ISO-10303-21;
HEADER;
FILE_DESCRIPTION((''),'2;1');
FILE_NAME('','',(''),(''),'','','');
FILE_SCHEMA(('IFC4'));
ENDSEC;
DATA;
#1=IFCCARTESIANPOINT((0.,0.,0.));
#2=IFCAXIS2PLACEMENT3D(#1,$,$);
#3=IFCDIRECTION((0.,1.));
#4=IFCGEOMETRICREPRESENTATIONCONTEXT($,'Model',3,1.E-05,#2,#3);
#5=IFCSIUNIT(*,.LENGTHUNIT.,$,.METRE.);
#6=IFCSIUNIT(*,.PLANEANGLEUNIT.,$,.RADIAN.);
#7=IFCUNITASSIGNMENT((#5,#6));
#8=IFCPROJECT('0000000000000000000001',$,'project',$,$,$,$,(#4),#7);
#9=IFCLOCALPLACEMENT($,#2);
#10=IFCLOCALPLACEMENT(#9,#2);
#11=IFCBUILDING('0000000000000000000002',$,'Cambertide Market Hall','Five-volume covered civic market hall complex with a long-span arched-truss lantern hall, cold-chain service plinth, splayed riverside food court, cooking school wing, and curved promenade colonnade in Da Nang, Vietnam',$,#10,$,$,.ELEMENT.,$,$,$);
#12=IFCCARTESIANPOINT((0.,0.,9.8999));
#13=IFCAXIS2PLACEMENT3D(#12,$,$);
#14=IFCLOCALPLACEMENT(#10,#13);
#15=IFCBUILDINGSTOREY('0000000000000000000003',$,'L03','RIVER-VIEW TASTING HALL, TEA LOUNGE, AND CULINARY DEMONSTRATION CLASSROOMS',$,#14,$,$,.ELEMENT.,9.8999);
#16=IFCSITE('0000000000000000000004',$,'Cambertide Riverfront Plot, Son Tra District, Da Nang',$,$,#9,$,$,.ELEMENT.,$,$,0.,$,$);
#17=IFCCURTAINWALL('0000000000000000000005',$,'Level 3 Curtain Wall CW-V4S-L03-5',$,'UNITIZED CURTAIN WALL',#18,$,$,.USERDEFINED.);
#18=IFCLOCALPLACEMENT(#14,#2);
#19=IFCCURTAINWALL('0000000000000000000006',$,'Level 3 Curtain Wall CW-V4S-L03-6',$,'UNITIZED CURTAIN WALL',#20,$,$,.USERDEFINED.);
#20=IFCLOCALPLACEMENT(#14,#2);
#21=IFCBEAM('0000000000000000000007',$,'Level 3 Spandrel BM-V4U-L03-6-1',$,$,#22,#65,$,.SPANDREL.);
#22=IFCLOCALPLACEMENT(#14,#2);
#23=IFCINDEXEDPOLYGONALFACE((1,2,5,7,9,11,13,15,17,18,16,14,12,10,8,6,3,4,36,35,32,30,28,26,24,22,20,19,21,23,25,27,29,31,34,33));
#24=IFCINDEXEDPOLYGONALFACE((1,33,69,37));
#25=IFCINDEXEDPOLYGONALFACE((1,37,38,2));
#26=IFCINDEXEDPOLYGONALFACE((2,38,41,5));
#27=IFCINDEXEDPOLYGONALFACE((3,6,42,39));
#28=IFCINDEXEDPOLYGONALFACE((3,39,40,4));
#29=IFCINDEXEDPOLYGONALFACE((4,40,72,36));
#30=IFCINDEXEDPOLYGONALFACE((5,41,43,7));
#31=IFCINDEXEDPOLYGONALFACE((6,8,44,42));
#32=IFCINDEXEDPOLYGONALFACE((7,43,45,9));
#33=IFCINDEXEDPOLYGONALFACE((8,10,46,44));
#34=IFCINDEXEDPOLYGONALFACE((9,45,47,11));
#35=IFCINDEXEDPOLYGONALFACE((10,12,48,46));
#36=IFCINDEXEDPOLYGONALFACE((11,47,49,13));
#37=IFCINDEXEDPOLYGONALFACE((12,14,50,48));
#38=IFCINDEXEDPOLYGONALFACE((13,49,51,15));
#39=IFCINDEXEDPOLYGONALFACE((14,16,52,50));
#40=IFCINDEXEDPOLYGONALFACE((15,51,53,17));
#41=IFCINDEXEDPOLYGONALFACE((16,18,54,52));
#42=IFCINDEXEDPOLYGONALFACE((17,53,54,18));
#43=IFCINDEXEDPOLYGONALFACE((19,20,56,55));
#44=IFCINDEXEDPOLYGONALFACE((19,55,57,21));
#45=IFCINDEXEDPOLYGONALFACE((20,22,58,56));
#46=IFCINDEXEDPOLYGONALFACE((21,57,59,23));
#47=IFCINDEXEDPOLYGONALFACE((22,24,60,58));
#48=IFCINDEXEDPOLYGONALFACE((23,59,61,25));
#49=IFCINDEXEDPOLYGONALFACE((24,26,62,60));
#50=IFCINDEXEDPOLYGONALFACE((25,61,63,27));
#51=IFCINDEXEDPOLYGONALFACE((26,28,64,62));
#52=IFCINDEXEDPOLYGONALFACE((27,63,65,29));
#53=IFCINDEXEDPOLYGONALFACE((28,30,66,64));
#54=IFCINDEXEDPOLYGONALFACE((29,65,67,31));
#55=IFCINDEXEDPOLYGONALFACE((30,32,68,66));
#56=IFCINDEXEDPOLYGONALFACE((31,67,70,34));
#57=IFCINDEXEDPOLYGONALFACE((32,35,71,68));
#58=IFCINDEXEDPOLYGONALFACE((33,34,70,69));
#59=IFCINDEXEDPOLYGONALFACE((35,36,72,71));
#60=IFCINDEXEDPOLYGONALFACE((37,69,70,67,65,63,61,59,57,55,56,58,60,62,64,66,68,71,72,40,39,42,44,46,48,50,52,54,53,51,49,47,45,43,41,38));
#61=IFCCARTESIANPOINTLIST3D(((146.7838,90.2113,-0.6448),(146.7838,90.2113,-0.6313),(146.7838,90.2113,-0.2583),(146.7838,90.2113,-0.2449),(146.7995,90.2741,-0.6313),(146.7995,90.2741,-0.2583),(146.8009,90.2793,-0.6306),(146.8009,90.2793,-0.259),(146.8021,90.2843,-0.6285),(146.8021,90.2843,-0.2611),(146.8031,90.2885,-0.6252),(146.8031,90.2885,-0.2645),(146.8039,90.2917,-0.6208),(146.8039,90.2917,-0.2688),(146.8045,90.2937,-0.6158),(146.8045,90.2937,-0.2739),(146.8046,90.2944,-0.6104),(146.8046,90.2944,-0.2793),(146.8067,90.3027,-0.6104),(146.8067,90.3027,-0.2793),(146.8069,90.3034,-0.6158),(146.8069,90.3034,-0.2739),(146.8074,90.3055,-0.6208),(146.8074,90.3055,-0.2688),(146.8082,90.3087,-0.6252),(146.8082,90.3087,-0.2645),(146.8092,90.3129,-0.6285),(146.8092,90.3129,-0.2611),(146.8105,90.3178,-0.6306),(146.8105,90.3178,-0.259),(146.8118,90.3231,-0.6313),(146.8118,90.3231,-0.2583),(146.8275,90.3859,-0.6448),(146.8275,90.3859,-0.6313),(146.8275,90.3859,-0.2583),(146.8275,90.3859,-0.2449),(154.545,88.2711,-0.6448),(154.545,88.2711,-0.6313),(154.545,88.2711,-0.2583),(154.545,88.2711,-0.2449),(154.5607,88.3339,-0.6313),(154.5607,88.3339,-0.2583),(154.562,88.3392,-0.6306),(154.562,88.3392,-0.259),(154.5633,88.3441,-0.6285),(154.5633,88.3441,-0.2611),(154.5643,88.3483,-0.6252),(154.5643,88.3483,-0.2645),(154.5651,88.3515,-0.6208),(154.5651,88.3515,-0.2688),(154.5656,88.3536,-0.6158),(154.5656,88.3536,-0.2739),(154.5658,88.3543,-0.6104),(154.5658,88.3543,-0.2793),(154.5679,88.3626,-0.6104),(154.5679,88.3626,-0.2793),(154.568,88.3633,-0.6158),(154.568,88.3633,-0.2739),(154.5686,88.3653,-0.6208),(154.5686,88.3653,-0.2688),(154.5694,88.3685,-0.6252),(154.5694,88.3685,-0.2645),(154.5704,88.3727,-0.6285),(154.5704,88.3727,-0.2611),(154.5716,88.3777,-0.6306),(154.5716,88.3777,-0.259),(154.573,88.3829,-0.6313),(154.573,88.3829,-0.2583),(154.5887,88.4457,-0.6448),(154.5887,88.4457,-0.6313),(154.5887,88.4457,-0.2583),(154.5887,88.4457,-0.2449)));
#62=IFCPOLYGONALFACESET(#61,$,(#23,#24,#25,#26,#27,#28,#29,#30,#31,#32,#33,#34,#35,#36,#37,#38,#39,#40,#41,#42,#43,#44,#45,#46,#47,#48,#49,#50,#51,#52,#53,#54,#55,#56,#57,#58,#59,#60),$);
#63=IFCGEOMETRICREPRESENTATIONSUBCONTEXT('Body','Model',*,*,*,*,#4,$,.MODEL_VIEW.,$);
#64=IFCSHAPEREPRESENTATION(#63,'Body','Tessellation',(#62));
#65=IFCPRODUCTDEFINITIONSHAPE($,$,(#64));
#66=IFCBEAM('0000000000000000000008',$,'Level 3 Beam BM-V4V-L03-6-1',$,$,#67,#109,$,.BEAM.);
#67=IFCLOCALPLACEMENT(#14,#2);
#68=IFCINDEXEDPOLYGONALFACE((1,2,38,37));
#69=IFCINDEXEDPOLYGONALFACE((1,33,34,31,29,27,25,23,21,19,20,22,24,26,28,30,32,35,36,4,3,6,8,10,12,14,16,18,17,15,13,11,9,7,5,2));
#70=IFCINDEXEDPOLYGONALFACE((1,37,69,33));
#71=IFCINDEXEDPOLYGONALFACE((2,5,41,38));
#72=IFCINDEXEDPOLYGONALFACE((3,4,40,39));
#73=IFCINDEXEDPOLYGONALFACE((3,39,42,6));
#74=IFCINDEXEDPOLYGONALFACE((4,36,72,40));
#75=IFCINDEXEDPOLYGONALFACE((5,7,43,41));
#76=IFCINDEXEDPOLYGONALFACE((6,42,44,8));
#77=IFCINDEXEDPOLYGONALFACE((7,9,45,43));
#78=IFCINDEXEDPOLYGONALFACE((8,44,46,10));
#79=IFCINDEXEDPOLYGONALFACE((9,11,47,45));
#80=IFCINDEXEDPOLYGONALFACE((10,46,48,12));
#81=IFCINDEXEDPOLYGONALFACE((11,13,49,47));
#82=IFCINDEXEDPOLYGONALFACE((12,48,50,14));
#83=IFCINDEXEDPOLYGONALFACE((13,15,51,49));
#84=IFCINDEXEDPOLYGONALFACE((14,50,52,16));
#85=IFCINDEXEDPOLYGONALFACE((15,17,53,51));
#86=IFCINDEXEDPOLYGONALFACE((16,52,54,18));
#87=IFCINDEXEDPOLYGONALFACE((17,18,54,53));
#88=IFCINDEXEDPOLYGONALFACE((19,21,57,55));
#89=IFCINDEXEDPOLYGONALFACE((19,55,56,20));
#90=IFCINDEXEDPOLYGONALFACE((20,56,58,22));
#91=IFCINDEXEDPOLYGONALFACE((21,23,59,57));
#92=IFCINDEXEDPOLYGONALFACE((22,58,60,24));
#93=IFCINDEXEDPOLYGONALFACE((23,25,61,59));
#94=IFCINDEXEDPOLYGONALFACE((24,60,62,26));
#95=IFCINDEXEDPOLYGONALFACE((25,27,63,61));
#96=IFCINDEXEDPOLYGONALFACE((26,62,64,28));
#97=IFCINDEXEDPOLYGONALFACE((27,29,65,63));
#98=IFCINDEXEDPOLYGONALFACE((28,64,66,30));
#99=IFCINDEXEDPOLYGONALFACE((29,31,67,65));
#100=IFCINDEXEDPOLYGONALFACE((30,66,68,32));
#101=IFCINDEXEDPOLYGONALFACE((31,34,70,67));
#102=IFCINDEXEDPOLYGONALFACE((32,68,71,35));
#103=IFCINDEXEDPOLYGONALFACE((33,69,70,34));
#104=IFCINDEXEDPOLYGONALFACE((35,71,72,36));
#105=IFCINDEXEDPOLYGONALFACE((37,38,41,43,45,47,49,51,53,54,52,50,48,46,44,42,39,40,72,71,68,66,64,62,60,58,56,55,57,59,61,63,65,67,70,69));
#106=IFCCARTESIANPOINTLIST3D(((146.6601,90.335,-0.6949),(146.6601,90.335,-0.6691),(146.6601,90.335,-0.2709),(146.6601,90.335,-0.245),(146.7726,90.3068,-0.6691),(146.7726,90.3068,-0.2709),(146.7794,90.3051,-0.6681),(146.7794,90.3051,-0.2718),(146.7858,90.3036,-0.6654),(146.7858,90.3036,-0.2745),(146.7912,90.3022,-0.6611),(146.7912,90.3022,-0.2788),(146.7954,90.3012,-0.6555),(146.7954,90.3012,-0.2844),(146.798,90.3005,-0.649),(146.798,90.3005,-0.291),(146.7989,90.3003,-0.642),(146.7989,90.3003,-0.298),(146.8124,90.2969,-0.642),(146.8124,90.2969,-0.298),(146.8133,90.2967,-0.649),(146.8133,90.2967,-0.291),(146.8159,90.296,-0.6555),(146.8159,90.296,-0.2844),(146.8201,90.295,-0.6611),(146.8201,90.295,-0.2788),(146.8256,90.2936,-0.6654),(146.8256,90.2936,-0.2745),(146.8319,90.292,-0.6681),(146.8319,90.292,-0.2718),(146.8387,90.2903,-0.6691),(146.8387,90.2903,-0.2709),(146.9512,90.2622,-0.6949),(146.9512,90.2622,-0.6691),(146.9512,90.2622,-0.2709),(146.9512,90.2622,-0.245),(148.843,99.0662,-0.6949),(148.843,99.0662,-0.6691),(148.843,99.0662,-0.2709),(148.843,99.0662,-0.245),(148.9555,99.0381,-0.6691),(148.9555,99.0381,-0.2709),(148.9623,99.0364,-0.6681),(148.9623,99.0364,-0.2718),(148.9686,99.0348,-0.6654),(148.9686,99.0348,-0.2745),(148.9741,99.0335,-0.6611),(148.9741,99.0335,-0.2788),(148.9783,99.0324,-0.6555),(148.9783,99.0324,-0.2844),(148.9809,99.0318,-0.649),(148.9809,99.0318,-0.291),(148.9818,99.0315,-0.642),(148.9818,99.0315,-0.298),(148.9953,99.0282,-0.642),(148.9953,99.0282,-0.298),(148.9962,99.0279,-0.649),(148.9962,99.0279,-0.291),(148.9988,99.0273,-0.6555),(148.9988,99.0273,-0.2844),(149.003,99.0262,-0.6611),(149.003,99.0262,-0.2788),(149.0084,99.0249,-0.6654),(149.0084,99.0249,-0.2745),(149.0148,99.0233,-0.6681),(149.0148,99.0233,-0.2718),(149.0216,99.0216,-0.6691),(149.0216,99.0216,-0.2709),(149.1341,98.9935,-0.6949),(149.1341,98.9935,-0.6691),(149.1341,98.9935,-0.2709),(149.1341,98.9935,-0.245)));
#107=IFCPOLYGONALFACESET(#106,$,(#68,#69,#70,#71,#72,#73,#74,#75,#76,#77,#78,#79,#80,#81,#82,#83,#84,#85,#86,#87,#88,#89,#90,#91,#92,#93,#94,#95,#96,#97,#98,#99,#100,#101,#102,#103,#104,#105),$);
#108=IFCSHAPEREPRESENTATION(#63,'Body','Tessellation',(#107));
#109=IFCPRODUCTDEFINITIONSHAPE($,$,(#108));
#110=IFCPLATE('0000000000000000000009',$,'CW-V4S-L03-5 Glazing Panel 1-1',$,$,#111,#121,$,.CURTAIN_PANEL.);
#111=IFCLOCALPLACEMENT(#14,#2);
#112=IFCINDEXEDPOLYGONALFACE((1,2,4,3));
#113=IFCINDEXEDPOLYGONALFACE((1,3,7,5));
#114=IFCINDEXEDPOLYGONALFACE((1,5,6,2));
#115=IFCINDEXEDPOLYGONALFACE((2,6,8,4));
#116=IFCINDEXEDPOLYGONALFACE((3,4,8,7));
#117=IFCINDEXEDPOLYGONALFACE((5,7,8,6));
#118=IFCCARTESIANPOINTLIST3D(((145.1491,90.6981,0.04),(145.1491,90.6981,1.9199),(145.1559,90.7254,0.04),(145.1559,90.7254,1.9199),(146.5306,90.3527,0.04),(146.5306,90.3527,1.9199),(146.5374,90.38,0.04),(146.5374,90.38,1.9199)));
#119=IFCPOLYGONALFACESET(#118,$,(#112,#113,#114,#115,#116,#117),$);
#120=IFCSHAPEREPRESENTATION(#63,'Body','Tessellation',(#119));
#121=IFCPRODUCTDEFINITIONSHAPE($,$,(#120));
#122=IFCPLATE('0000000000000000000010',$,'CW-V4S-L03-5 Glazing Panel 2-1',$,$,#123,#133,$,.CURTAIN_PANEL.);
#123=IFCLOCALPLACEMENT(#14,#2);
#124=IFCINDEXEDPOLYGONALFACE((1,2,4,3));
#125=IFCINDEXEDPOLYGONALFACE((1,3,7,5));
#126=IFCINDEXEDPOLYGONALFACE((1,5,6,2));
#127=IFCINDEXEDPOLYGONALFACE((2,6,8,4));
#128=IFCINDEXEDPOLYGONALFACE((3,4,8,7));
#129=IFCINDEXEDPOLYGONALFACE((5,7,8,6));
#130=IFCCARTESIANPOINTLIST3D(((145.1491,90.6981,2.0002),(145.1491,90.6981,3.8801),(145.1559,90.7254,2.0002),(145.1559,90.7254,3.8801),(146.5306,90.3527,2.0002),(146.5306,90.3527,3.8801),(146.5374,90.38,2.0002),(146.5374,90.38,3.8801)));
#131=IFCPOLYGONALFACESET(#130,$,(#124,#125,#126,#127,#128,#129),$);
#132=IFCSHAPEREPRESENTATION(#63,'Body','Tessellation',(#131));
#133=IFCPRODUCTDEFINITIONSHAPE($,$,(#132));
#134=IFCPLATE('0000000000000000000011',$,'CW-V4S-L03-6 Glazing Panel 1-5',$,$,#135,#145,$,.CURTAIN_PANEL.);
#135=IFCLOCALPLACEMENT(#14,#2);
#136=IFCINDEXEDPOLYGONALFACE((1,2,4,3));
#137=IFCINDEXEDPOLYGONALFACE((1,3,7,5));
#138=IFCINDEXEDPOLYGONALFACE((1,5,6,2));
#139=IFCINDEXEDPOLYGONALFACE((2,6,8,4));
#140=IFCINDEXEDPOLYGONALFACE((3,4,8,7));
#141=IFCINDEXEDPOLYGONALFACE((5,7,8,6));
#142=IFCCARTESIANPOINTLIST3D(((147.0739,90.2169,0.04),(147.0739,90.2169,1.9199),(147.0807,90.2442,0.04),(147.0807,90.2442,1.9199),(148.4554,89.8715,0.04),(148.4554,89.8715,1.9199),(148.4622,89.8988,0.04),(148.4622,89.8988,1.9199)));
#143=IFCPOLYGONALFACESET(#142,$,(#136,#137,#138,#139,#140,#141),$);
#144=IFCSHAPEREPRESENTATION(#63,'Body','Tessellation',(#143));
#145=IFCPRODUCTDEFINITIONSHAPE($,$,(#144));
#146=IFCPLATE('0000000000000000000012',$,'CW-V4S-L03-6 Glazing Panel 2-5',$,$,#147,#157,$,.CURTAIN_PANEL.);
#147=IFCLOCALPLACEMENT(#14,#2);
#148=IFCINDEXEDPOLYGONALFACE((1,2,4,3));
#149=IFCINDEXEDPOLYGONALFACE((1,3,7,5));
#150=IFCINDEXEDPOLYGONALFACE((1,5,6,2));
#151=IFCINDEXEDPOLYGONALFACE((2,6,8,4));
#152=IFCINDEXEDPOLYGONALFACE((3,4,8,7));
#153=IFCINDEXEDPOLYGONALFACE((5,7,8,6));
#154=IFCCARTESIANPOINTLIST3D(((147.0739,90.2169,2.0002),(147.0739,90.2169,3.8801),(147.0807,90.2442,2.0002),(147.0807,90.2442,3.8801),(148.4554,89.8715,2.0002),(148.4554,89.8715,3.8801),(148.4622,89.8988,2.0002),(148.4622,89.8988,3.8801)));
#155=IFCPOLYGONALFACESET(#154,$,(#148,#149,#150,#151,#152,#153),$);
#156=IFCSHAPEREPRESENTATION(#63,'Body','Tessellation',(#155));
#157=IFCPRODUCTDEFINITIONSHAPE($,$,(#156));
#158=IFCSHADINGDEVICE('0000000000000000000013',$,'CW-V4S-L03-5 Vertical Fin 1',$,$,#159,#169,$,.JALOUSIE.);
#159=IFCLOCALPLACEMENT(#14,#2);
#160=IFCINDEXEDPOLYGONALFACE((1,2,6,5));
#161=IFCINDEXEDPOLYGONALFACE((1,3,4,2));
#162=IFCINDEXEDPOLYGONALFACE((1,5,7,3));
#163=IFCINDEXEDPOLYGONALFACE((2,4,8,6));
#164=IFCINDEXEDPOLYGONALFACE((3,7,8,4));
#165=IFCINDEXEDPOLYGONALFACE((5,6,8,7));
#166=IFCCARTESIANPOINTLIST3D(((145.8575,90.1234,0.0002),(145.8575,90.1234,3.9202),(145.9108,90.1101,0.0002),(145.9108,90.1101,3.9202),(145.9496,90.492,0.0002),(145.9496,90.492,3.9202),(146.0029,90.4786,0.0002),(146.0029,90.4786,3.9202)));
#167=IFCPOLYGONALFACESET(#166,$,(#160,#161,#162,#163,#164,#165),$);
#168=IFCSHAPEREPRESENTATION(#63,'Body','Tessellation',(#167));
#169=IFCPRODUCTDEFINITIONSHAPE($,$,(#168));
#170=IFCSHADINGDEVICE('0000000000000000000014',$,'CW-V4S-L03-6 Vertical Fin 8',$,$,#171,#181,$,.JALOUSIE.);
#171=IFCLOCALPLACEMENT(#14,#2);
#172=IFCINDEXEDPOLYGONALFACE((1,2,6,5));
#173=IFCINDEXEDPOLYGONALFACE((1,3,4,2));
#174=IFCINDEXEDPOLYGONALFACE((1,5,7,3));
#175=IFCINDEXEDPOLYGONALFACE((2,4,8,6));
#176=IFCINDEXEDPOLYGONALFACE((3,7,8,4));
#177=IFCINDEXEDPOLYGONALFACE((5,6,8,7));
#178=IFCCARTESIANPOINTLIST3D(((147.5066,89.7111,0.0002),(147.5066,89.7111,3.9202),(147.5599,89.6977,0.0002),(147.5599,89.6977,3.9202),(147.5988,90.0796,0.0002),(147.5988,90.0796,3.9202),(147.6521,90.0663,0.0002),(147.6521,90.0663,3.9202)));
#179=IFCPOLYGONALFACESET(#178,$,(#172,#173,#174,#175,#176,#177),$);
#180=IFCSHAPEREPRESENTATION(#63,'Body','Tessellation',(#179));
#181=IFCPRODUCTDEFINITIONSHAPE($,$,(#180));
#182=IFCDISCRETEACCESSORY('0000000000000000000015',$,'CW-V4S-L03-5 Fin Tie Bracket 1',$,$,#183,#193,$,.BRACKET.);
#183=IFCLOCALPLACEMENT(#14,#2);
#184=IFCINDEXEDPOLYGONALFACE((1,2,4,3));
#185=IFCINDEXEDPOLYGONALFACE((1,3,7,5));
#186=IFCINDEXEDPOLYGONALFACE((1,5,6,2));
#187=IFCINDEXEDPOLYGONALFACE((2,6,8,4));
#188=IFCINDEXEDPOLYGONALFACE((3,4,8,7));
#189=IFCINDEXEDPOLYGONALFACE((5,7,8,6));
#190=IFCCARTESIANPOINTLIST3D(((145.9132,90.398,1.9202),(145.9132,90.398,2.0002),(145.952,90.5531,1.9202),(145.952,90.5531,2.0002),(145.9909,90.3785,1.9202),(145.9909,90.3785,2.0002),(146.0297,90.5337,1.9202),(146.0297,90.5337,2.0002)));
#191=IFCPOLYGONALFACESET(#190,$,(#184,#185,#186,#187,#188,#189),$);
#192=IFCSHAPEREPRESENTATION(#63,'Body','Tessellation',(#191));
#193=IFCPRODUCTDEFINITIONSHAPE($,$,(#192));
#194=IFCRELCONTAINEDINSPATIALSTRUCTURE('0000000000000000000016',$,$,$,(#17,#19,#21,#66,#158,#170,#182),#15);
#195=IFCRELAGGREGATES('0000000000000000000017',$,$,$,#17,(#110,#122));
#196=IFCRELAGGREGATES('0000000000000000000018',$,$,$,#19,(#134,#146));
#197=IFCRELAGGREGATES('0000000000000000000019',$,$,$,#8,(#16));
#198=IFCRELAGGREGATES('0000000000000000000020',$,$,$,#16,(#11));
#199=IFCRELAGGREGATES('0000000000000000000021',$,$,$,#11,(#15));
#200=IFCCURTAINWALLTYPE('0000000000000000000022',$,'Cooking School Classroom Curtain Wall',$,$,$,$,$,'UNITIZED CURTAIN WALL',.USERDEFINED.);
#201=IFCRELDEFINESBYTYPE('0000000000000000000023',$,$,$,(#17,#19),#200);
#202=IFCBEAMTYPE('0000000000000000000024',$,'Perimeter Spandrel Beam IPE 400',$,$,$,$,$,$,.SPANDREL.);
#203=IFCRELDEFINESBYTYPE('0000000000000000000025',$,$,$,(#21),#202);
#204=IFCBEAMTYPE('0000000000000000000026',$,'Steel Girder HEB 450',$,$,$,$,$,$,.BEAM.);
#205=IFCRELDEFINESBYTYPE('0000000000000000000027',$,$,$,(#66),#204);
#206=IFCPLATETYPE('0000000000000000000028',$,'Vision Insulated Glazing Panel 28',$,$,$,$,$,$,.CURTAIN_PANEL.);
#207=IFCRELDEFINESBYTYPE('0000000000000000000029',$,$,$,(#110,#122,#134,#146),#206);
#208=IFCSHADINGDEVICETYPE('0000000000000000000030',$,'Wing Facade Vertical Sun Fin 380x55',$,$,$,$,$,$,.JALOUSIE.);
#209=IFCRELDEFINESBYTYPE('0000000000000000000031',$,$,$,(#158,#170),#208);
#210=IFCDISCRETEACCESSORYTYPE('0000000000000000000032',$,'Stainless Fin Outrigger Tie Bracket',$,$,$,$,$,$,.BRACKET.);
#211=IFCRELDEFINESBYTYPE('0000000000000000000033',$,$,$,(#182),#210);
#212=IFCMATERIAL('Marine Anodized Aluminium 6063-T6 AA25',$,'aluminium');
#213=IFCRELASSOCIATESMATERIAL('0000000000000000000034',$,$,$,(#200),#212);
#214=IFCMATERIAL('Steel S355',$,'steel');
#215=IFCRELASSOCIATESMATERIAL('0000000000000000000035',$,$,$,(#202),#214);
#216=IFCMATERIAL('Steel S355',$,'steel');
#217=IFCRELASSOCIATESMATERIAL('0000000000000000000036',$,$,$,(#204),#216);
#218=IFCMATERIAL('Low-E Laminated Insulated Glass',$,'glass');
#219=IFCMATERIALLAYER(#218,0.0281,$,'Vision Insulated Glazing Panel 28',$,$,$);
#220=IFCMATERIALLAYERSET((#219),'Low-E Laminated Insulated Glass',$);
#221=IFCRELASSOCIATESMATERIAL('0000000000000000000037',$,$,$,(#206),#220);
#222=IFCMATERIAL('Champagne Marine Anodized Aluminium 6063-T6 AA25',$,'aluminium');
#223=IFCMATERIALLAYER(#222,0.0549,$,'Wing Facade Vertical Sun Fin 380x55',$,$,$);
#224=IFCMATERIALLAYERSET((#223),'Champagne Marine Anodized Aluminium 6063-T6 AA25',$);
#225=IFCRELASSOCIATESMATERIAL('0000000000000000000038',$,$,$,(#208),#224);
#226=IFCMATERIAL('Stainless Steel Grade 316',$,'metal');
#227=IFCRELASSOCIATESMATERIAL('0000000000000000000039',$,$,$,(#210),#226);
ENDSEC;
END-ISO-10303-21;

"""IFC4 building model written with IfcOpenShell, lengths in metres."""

from ifc_helpers import new_model, si_unit, direction, frame, origin, origin_2d, place, context, subcontext, project, spatial, rectangle, i_section, extrude, material, layer, layer_set, material_profile, profile_set, type_object, element, aggregate, save


model = new_model("IFC4")

# Units and contexts
model_context = context("Model", 3, precision=1e-05, world=origin(), true_north=direction((0.0, 1.0)))
body_context = subcontext(model_context, "Body", "Model", "MODEL_VIEW")
ifc_project = project(units=[si_unit("LENGTHUNIT", "METRE"), si_unit("PLANEANGLEUNIT", "RADIAN")], contexts=[model_context])

# Site, building, storey
site_placement = place(None, origin())
site = spatial("IfcSite", under=ifc_project, at=site_placement, Name="Cambertide Riverfront Plot, Son Tra District, Da Nang", CompositionType="ELEMENT", RefElevation=0.0)
building_placement = place(site_placement, origin())
building = spatial("IfcBuilding", under=site, at=building_placement, Name="Cambertide Market Hall", Description="Five-volume covered civic market hall complex with a long-span arched-truss lantern hall, cold-chain service plinth, splayed riverside food court, cooking school wing, and curved promenade colonnade in Da Nang, Vietnam", CompositionType="ELEMENT")
storey_placement = place(building_placement, frame((0.0, 0.0, 9.8999)))
storey = spatial("IfcBuildingStorey", under=building, at=storey_placement, Name="L03", Description="RIVER-VIEW TASTING HALL, TEA LOUNGE, AND CULINARY DEMONSTRATION CLASSROOMS", CompositionType="ELEMENT", Elevation=9.8999)

# Curtain wall
ifc_material_1 = material(Name="Marine Anodized Aluminium 6063-T6 AA25", Category="aluminium")
curtain_wall_type = type_object("IfcCurtainWallType", Name="Cooking School Classroom Curtain Wall", ElementType="UNITIZED CURTAIN WALL", PredefinedType="USERDEFINED", material=ifc_material_1)
curtain_wall_1_placement = place(storey_placement, origin())
curtain_wall_1 = element("IfcCurtainWall", 1, at=curtain_wall_1_placement, inside=storey, type_object=curtain_wall_type, Name="Level 3 Curtain Wall CW-V4S-L03-5", ObjectType="UNITIZED CURTAIN WALL", PredefinedType="USERDEFINED")

# Curtain wall
curtain_wall_2_placement = place(storey_placement, origin())
curtain_wall_2 = element("IfcCurtainWall", 2, at=curtain_wall_2_placement, inside=storey, type_object=curtain_wall_type, Name="Level 3 Curtain Wall CW-V4S-L03-6", ObjectType="UNITIZED CURTAIN WALL", PredefinedType="USERDEFINED")

# Beams
ifc_material_2 = material(Name="Steel S355", Category="steel")
ifc_material_profile_1 = material_profile(ifc_material_2, i_section(OverallWidth=0.1799, OverallDepth=0.3999, WebThickness=0.0085, FlangeThickness=0.0134, FilletRadius=0.021, at=origin_2d()), Name="IPE 400")
ifc_profile_set_1 = profile_set([ifc_material_profile_1], Name="Steel S355")
beam_type_1 = type_object("IfcBeamType", Name="Perimeter Spandrel Beam IPE 400", PredefinedType="SPANDREL", material=ifc_profile_set_1)
beam_1_placement = place(storey_placement, frame((146.8057, 90.2986, -0.4448), z_axis=(0.970146, -0.242521, 0.0), x_axis=(0.242521, 0.970146, 0.0)))
element("IfcBeam", 3, at=beam_1_placement, inside=storey, type_object=beam_type_1, Name="Level 3 Spandrel BM-V4U-L03-6-1", PredefinedType="SPANDREL", context=body_context, shape_type="SweptSolid", body=[
    extrude(i_section(OverallWidth=0.1799, OverallDepth=0.3999, WebThickness=0.0085, FlangeThickness=0.0134, FilletRadius=0.021, at=origin_2d()), origin(), (0.0, 0.0, 1.0), 8.0),
])
ifc_material_3 = material(Name="Steel S355", Category="steel")
ifc_material_profile_2 = material_profile(ifc_material_3, i_section(OverallWidth=0.3, OverallDepth=0.45, WebThickness=0.0139, FlangeThickness=0.0259, FilletRadius=0.0271, at=origin_2d()), Name="HEB 450")
ifc_profile_set_2 = profile_set([ifc_material_profile_2], Name="Steel S355")
beam_type_2 = type_object("IfcBeamType", Name="Steel Girder HEB 450", PredefinedType="BEAM", material=ifc_profile_set_2)
beam_2_placement = place(storey_placement, frame((146.8057, 90.2986, -0.47), z_axis=(0.242542, 0.970141, 0.0), x_axis=(-0.970141, 0.242542, 0.0)))
element("IfcBeam", 4, at=beam_2_placement, inside=storey, type_object=beam_type_2, Name="Level 3 Beam BM-V4V-L03-6-1", PredefinedType="BEAM", context=body_context, shape_type="SweptSolid", body=[
    extrude(i_section(OverallWidth=0.3, OverallDepth=0.45, WebThickness=0.0139, FlangeThickness=0.0259, FilletRadius=0.0271, at=origin_2d()), origin(), (0.0, 0.0, 1.0), 9.0),
])

# Plates
ifc_material_4 = material(Name="Low-E Laminated Insulated Glass", Category="glass")
ifc_layer_1 = layer(ifc_material_4, 0.0281, Name="Vision Insulated Glazing Panel 28")
ifc_layer_set_1 = layer_set([ifc_layer_1], Name="Low-E Laminated Insulated Glass")
plate_type = type_object("IfcPlateType", Name="Vision Insulated Glazing Panel 28", PredefinedType="CURTAIN_PANEL", material=ifc_layer_set_1)
plate_1_placement = place(storey_placement, frame((145.8433, 90.5391, 0.04), z_axis=(0.0, 0.0, 1.0), x_axis=(-0.970143, 0.242535, 0.0)))
plate_1 = element("IfcPlate", 5, at=plate_1_placement, type_object=plate_type, Name="CW-V4S-L03-5 Glazing Panel 1-1", PredefinedType="CURTAIN_PANEL", context=body_context, shape_type="SweptSolid", body=[
    extrude(rectangle(XDim=1.4241, YDim=0.0281, at=origin_2d()), origin(), (0.0, 0.0, 1.0), 1.8799),
])
plate_2_placement = place(storey_placement, frame((145.8433, 90.5391, 2.0002), z_axis=(0.0, 0.0, 1.0), x_axis=(-0.970143, 0.242535, 0.0)))
plate_2 = element("IfcPlate", 6, at=plate_2_placement, type_object=plate_type, Name="CW-V4S-L03-5 Glazing Panel 2-1", PredefinedType="CURTAIN_PANEL", context=body_context, shape_type="SweptSolid", body=[
    extrude(rectangle(XDim=1.4241, YDim=0.0281, at=origin_2d()), origin(), (0.0, 0.0, 1.0), 1.8799),
])
aggregate(curtain_wall_1, [plate_1, plate_2])
plate_3_placement = place(storey_placement, frame((147.7681, 90.0579, 0.04), z_axis=(0.0, 0.0, 1.0), x_axis=(-0.970143, 0.242535, 0.0)))
plate_3 = element("IfcPlate", 7, at=plate_3_placement, type_object=plate_type, Name="CW-V4S-L03-6 Glazing Panel 1-5", PredefinedType="CURTAIN_PANEL", context=body_context, shape_type="SweptSolid", body=[
    extrude(rectangle(XDim=1.4241, YDim=0.0281, at=origin_2d()), origin(), (0.0, 0.0, 1.0), 1.8799),
])
plate_4_placement = place(storey_placement, frame((147.7681, 90.0579, 2.0002), z_axis=(0.0, 0.0, 1.0), x_axis=(-0.970143, 0.242535, 0.0)))
plate_4 = element("IfcPlate", 8, at=plate_4_placement, type_object=plate_type, Name="CW-V4S-L03-6 Glazing Panel 2-5", PredefinedType="CURTAIN_PANEL", context=body_context, shape_type="SweptSolid", body=[
    extrude(rectangle(XDim=1.4241, YDim=0.0281, at=origin_2d()), origin(), (0.0, 0.0, 1.0), 1.8799),
])
aggregate(curtain_wall_2, [plate_3, plate_4])

# Shading devices
ifc_material_5 = material(Name="Champagne Marine Anodized Aluminium 6063-T6 AA25", Category="aluminium")
ifc_layer_2 = layer(ifc_material_5, 0.0549, Name="Wing Facade Vertical Sun Fin 380x55")
ifc_layer_set_2 = layer_set([ifc_layer_2], Name="Champagne Marine Anodized Aluminium 6063-T6 AA25")
shading_device_type = type_object("IfcShadingDeviceType", Name="Wing Facade Vertical Sun Fin 380x55", PredefinedType="JALOUSIE", material=ifc_layer_set_2)
for number, where, z_axis, x_axis, name in (
    (9, (145.9302, 90.301, 0.0002), (0.0, 0.0, 1.0), (-0.970143, 0.242535, 0.0), "CW-V4S-L03-5 Vertical Fin 1"),
    (10, (147.5793, 89.8887, 0.0002), (0.0, 0.0, 1.0), (-0.970143, 0.242535, 0.0), "CW-V4S-L03-6 Vertical Fin 8"),
):
    element("IfcShadingDevice", number, at=place(storey_placement, frame(where, z_axis=z_axis, x_axis=x_axis)), inside=storey, type_object=shading_device_type, Name=name, PredefinedType="JALOUSIE", context=body_context, shape_type="SweptSolid", body=[
        extrude(rectangle(XDim=0.0549, YDim=0.3799, at=origin_2d()), origin(), (0.0, 0.0, 1.0), 3.9199),
    ])

# Discrete accessory
ifc_material_6 = material(Name="Stainless Steel Grade 316", Category="metal")
discrete_accessory_type = type_object("IfcDiscreteAccessoryType", Name="Stainless Fin Outrigger Tie Bracket", PredefinedType="BRACKET", material=ifc_material_6)
for number, where, z_axis, x_axis, name in (
    (11, (145.9714, 90.4658, 1.9202), (0.0, 0.0, 1.0), (-0.970143, 0.242535, 0.0), "CW-V4S-L03-5 Fin Tie Bracket 1"),
):
    element("IfcDiscreteAccessory", number, at=place(storey_placement, frame(where, z_axis=z_axis, x_axis=x_axis)), inside=storey, type_object=discrete_accessory_type, Name=name, PredefinedType="BRACKET", context=body_context, shape_type="SweptSolid", body=[
        extrude(rectangle(XDim=0.0801, YDim=0.1599, at=origin_2d()), origin(), (0.0, 0.0, 1.0), 0.0801),
    ])

save(model, "model.ifc")
